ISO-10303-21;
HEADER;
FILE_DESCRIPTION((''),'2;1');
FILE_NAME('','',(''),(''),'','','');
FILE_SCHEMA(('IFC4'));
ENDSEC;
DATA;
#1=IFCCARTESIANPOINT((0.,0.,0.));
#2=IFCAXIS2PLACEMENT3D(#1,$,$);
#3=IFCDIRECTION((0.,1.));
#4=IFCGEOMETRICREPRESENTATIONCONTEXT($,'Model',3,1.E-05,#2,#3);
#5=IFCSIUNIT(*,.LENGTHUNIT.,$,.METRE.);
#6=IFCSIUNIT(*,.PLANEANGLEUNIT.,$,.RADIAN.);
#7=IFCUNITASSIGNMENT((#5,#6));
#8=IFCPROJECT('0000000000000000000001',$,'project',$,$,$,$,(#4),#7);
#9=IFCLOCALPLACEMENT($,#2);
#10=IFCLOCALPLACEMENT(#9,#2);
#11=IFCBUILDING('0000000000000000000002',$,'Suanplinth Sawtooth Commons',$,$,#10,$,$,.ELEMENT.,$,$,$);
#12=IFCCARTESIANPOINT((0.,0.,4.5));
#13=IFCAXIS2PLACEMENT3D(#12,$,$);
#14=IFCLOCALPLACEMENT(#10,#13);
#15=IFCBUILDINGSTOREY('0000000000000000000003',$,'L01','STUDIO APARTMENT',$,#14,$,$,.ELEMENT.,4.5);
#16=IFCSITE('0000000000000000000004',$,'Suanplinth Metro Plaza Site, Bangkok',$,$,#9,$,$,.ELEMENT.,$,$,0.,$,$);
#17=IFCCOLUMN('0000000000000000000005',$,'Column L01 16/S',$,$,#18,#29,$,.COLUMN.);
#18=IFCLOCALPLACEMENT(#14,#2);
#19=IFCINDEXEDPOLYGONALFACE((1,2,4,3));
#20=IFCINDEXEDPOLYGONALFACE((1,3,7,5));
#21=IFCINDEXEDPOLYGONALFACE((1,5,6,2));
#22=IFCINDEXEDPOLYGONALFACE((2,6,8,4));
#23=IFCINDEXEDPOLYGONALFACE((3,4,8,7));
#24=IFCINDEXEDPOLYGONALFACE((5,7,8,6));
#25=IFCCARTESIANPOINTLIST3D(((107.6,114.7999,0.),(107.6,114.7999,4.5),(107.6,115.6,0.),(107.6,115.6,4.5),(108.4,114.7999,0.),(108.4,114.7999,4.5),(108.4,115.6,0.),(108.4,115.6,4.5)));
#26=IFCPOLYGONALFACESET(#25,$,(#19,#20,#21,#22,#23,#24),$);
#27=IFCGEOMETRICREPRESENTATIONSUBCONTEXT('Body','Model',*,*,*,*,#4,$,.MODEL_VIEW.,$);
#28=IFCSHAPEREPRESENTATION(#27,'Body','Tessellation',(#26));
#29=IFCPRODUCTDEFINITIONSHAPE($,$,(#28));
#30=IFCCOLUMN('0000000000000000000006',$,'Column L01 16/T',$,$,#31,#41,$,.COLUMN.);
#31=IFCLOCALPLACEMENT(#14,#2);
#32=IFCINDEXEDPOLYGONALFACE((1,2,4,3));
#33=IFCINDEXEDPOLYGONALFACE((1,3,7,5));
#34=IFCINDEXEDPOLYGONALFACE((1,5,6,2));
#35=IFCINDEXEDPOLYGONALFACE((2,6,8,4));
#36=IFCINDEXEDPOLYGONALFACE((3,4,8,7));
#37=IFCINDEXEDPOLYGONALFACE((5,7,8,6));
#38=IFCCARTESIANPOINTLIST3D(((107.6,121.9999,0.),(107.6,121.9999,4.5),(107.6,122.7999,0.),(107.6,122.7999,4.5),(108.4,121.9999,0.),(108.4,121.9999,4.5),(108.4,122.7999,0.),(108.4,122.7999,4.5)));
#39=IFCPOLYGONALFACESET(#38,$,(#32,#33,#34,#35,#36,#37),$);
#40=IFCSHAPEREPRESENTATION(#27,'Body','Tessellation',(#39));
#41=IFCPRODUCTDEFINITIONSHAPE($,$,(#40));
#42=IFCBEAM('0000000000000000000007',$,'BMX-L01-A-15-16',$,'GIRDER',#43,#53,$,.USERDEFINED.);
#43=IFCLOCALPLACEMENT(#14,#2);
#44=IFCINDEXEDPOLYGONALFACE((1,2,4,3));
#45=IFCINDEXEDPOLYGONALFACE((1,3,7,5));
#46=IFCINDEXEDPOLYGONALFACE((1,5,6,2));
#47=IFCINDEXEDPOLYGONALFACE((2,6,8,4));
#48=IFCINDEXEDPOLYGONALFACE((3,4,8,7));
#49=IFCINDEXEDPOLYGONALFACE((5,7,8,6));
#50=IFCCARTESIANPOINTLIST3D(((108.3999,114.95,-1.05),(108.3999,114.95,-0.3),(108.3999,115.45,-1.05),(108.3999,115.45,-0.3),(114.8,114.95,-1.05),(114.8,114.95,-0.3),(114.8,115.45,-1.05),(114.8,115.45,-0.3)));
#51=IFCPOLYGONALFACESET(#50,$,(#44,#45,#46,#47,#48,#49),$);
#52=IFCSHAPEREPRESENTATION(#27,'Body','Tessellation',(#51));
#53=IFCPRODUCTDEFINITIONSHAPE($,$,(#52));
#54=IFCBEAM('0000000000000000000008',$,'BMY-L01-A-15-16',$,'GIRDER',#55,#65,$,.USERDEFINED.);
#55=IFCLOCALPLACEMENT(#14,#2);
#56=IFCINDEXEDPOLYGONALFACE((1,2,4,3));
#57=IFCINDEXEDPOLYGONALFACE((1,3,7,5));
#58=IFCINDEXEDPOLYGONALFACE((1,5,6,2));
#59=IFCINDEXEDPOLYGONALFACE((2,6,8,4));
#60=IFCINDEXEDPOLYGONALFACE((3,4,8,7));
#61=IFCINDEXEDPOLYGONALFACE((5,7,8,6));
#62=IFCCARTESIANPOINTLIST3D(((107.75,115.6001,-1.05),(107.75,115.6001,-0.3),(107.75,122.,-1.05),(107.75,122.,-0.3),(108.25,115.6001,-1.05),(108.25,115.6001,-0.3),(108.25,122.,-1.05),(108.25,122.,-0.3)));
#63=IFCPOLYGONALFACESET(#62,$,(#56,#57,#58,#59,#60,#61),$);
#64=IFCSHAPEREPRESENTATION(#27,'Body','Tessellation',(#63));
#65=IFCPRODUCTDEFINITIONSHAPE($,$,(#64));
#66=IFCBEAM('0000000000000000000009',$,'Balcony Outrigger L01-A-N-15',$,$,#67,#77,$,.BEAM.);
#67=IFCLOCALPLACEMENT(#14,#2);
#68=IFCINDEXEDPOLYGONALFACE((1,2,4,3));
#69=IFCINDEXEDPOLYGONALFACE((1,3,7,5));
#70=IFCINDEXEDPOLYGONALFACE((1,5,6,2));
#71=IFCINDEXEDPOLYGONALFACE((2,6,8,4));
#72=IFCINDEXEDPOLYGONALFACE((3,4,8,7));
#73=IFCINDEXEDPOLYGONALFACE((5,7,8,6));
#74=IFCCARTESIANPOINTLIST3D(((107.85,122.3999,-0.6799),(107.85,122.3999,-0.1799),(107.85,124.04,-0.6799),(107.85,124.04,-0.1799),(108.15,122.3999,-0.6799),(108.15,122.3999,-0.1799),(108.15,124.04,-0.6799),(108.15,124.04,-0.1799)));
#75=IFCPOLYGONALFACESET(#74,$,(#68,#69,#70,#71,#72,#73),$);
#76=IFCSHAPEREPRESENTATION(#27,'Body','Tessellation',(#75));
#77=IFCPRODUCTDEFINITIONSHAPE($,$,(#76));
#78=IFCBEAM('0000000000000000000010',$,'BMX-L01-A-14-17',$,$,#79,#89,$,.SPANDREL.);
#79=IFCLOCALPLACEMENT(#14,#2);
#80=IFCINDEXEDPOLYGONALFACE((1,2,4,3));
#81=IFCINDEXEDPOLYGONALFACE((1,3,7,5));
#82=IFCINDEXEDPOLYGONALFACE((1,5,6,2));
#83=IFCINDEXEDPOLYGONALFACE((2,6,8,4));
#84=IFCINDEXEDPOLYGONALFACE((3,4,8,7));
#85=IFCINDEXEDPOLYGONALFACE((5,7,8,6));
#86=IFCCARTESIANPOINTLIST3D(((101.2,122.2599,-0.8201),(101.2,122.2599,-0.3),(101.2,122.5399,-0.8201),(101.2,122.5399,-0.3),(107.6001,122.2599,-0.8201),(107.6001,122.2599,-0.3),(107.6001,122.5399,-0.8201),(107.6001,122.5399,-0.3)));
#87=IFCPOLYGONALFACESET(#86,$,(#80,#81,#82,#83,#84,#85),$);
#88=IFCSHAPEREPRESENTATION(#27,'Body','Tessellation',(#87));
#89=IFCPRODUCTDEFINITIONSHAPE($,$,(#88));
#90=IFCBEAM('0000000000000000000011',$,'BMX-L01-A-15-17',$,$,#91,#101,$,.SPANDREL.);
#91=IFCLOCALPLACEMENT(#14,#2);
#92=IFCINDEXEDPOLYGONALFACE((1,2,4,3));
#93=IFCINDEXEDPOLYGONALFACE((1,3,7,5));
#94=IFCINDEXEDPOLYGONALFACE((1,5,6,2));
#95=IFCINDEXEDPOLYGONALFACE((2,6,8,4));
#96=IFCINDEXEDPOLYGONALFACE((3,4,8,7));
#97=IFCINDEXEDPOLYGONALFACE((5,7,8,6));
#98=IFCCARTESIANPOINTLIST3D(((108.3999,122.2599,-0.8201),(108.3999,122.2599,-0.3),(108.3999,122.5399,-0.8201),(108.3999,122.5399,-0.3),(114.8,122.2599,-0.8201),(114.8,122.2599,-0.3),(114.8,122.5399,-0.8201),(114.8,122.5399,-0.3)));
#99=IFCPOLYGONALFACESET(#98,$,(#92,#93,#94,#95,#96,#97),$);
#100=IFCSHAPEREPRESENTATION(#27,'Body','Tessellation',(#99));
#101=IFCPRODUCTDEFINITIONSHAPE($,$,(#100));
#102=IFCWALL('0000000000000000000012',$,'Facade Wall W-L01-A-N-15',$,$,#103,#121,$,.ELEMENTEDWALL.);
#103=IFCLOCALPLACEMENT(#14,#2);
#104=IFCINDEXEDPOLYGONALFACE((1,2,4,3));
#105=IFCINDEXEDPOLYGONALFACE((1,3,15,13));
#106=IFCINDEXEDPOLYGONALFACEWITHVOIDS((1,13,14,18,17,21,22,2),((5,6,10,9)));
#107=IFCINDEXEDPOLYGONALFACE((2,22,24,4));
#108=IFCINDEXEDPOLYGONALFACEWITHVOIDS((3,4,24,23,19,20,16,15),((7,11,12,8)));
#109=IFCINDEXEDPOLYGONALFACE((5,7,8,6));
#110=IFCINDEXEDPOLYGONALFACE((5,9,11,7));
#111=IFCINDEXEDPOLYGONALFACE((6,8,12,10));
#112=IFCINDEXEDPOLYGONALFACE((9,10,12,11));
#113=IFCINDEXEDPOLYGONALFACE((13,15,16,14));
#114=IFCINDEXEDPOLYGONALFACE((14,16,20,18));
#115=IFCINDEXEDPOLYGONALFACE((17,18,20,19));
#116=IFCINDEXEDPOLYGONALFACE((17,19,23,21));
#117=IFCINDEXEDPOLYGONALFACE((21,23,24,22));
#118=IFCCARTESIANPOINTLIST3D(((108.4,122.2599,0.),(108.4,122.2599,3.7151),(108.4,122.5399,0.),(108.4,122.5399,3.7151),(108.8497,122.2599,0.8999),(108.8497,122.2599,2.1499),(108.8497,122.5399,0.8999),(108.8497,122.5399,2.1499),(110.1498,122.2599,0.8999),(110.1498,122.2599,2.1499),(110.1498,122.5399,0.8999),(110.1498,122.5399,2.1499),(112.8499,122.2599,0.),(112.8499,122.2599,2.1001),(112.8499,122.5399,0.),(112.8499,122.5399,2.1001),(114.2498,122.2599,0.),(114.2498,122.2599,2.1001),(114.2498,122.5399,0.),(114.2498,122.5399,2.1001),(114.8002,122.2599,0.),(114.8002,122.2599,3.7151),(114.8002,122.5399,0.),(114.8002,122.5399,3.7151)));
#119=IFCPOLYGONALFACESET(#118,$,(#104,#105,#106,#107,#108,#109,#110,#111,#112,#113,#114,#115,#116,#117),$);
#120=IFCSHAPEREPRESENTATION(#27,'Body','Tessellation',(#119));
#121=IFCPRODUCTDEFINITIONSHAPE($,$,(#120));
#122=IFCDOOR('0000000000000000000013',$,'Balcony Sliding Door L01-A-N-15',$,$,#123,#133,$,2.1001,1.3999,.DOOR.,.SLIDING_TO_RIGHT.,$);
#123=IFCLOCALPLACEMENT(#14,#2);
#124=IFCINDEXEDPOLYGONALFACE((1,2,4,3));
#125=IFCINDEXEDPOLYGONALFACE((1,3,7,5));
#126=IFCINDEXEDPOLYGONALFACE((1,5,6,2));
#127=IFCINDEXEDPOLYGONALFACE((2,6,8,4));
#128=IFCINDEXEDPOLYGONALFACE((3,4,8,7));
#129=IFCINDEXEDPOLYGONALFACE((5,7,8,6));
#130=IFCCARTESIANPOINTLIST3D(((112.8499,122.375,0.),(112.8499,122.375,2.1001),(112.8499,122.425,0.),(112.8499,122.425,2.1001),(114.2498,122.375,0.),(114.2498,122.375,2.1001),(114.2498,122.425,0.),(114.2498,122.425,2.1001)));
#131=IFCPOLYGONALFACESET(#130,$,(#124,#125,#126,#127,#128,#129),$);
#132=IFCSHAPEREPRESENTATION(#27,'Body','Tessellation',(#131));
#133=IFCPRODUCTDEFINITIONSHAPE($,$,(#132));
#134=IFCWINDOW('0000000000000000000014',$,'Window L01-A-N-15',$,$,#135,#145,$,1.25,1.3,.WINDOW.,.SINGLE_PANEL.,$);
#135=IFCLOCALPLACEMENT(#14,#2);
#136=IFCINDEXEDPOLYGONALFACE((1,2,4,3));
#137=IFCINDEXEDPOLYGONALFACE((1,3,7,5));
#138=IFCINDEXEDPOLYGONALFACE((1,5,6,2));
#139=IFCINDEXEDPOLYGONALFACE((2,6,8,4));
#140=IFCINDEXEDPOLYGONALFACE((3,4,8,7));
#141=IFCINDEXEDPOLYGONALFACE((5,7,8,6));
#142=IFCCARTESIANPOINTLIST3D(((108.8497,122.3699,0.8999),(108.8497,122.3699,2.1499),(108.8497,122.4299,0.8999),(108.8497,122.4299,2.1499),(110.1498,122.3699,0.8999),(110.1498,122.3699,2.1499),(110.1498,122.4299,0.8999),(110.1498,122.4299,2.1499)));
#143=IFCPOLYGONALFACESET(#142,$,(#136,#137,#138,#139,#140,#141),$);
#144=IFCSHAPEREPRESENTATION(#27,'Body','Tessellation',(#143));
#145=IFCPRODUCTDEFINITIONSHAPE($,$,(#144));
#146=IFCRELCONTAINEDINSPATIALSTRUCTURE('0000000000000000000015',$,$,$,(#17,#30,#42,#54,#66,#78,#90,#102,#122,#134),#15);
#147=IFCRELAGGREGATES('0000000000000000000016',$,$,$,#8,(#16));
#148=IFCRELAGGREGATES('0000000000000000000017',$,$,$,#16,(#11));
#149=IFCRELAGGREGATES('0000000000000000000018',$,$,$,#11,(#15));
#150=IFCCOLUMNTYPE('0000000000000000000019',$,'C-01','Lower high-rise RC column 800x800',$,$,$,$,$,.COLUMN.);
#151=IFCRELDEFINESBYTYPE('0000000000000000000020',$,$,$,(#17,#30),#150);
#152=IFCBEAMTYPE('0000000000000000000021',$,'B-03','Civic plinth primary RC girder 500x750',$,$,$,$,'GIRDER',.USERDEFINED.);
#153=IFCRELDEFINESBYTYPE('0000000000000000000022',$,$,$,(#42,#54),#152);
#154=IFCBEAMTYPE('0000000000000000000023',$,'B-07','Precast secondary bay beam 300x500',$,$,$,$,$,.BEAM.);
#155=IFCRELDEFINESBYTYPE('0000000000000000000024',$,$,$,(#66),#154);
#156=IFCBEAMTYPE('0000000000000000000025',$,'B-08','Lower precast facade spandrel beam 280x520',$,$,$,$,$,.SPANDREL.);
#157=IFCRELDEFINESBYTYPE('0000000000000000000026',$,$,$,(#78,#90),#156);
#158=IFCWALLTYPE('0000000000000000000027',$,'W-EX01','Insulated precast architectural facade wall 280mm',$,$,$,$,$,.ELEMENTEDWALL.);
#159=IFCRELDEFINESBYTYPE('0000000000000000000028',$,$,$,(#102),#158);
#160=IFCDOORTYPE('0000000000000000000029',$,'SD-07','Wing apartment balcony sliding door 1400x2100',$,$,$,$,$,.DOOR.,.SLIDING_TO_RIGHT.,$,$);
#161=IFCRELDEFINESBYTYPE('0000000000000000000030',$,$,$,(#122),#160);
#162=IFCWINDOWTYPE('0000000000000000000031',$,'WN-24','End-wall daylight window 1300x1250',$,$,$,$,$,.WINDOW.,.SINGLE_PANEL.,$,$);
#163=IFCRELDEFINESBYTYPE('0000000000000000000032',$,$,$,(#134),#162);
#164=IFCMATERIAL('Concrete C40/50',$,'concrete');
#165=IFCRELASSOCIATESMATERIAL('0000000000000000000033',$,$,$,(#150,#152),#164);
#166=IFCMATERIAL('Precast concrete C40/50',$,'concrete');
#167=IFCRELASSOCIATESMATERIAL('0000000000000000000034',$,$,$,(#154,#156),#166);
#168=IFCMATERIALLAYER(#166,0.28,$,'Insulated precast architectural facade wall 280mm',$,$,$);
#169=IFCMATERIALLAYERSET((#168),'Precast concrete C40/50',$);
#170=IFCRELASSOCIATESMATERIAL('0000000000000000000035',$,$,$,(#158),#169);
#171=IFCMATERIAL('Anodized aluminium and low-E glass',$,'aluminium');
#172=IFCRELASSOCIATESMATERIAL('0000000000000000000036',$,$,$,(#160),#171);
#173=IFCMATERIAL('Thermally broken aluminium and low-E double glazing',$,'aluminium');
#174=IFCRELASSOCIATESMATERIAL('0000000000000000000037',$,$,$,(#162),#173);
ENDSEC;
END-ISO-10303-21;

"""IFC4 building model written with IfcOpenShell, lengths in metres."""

from ifc_helpers import new_model, si_unit, direction, frame, frame_2d, origin, origin_2d, place, context, subcontext, project, spatial, rectangle, extrude, material, layer, layer_set, material_profile, profile_set, type_object, element, fill, save


model = new_model("IFC4")

# Units and contexts
model_context = context("Model", 3, precision=1e-05, world=origin(), true_north=direction((0.0, 1.0)))
body_context = subcontext(model_context, "Body", "Model", "MODEL_VIEW")
ifc_project = project(units=[si_unit("LENGTHUNIT", "METRE"), si_unit("PLANEANGLEUNIT", "RADIAN")], contexts=[model_context])

# Site, building, storey
site_placement = place(None, origin())
site = spatial("IfcSite", under=ifc_project, at=site_placement, Name="Suanplinth Metro Plaza Site, Bangkok", CompositionType="ELEMENT", RefElevation=0.0)
building_placement = place(site_placement, origin())
building = spatial("IfcBuilding", under=site, at=building_placement, Name="Suanplinth Sawtooth Commons", CompositionType="ELEMENT")
storey_placement = place(building_placement, frame((0.0, 0.0, 4.5)))
storey = spatial("IfcBuildingStorey", under=building, at=storey_placement, Name="L01", Description="STUDIO APARTMENT", CompositionType="ELEMENT", Elevation=4.5)

# Columns
ifc_material_1 = material(Name="Concrete C40/50", Category="concrete")
ifc_material_profile_1 = material_profile(ifc_material_1, rectangle(XDim=0.8, YDim=0.8, at=origin_2d()), Name="RC-COL 800x800")
ifc_profile_set_1 = profile_set([ifc_material_profile_1], Name="Concrete C40/50")
column_type = type_object("IfcColumnType", Name="C-01", Description="Lower high-rise RC column 800x800", PredefinedType="COLUMN", material=ifc_profile_set_1)
for number, where, z_axis, x_axis, name in (
    (1, (108.0, 115.2, 0.0), (0.0, 0.0, 1.0), (1.0, 0.0, 0.0), "Column L01 16/S"),
    (2, (108.0, 122.3999, 0.0), (0.0, 0.0, 1.0), (1.0, 0.0, 0.0), "Column L01 16/T"),
):
    element("IfcColumn", number, at=place(storey_placement, frame(where, z_axis=z_axis, x_axis=x_axis)), inside=storey, type_object=column_type, Name=name, PredefinedType="COLUMN", context=body_context, shape_type="SweptSolid", body=[
        extrude(rectangle(XDim=0.8, YDim=0.8, at=origin_2d()), origin(), (0.0, 0.0, 1.0), 4.5),
    ])

# Beams
ifc_material_profile_2 = material_profile(ifc_material_1, rectangle(XDim=0.5, YDim=0.75, at=origin_2d()), Name="RC-GDR 500x750")
ifc_profile_set_2 = profile_set([ifc_material_profile_2], Name="Concrete C40/50")
beam_type_1 = type_object("IfcBeamType", Name="B-03", Description="Civic plinth primary RC girder 500x750", ElementType="GIRDER", PredefinedType="USERDEFINED", material=ifc_profile_set_2)
beam_1_placement = place(storey_placement, frame((108.3999, 115.2, -0.675), z_axis=(1.0, 0.0, 0.0), x_axis=(0.0, 1.0, 0.0)))
element("IfcBeam", 3, at=beam_1_placement, inside=storey, type_object=beam_type_1, Name="BMX-L01-A-15-16", ObjectType="GIRDER", PredefinedType="USERDEFINED", context=body_context, shape_type="SweptSolid", body=[
    extrude(rectangle(XDim=0.5, YDim=0.75, at=origin_2d()), origin(), (0.0, 0.0, 1.0), 6.4001),
])
beam_2_placement = place(storey_placement, frame((108.0, 115.6001, -0.675), z_axis=(0.0, 1.0, 0.0), x_axis=(-1.0, 0.0, 0.0)))
element("IfcBeam", 4, at=beam_2_placement, inside=storey, type_object=beam_type_1, Name="BMY-L01-A-15-16", ObjectType="GIRDER", PredefinedType="USERDEFINED", context=body_context, shape_type="SweptSolid", body=[
    extrude(rectangle(XDim=0.5, YDim=0.75, at=origin_2d()), origin(), (0.0, 0.0, 1.0), 6.3999),
])
ifc_material_2 = material(Name="Precast concrete C40/50", Category="concrete")
ifc_material_profile_3 = material_profile(ifc_material_2, rectangle(XDim=0.3, YDim=0.5, at=origin_2d()), Name="PC-BM 300x500")
ifc_profile_set_3 = profile_set([ifc_material_profile_3], Name="Precast concrete C40/50")
beam_type_2 = type_object("IfcBeamType", Name="B-07", Description="Precast secondary bay beam 300x500", PredefinedType="BEAM", material=ifc_profile_set_3)
beam_3_placement = place(storey_placement, frame((108.0, 122.3999, -0.4299), z_axis=(0.0, 1.0, 0.0), x_axis=(-1.0, 0.0, 0.0)))
element("IfcBeam", 5, at=beam_3_placement, inside=storey, type_object=beam_type_2, Name="Balcony Outrigger L01-A-N-15", PredefinedType="BEAM", context=body_context, shape_type="SweptSolid", body=[
    extrude(rectangle(XDim=0.3, YDim=0.5, at=origin_2d()), origin(), (0.0, 0.0, 1.0), 1.6401),
])
ifc_material_profile_4 = material_profile(ifc_material_2, rectangle(XDim=0.28, YDim=0.52, at=origin_2d()), Name="PC-SP 280x520")
ifc_profile_set_4 = profile_set([ifc_material_profile_4], Name="Precast concrete C40/50")
beam_type_3 = type_object("IfcBeamType", Name="B-08", Description="Lower precast facade spandrel beam 280x520", PredefinedType="SPANDREL", material=ifc_profile_set_4)
for number, where, z_axis, x_axis, name in (
    (6, (101.2, 122.3999, -0.5601), (1.0, 0.0, 0.0), (0.0, 1.0, 0.0), "BMX-L01-A-14-17"),
    (7, (108.3999, 122.3999, -0.5601), (1.0, 0.0, 0.0), (0.0, 1.0, 0.0), "BMX-L01-A-15-17"),
):
    element("IfcBeam", number, at=place(storey_placement, frame(where, z_axis=z_axis, x_axis=x_axis)), inside=storey, type_object=beam_type_3, Name=name, PredefinedType="SPANDREL", context=body_context, shape_type="SweptSolid", body=[
        extrude(rectangle(XDim=0.28, YDim=0.52, at=origin_2d()), origin(), (0.0, 0.0, 1.0), 6.4001),
    ])

# Wall, openings, door, window
ifc_layer_1 = layer(ifc_material_2, 0.28, Name="Insulated precast architectural facade wall 280mm")
ifc_layer_set_1 = layer_set([ifc_layer_1], Name="Precast concrete C40/50")
wall_type_1 = type_object("IfcWallType", Name="W-EX01", Description="Insulated precast architectural facade wall 280mm", PredefinedType="ELEMENTEDWALL", material=ifc_layer_set_1)
ifc_material_3 = material(Name="Anodized aluminium and low-E glass", Category="aluminium")
ifc_material_4 = material(Name="Thermally broken aluminium and low-E double glazing", Category="aluminium")
wall_1_placement = place(storey_placement, frame((108.3999, 122.3999, 0.0), z_axis=(0.0, 0.0, 1.0), x_axis=(1.0, 0.0, 0.0)))
wall_1 = element("IfcWall", 8, at=wall_1_placement, inside=storey, type_object=wall_type_1, Name="Facade Wall W-L01-A-N-15", PredefinedType="ELEMENTEDWALL", context=body_context, shape_type="SweptSolid", body=[
    extrude(rectangle(XDim=6.4001, YDim=0.28, at=frame_2d((3.2002, 0.0))), origin(), (0.0, 0.0, 1.0), 3.7151),
])
opening_1_placement = place(wall_1_placement, frame((4.45, 0.0, 0.0)))
opening_1 = element("IfcOpeningElement", 9, at=opening_1_placement, cuts=wall_1, PredefinedType="OPENING", context=body_context, shape_type="SweptSolid", body=[
    extrude(rectangle(XDim=1.3999, YDim=2.1001, at=frame_2d((0.7, 1.05))), frame((0.0, 0.1548, 0.0), z_axis=(0.0, -1.0, 0.0), x_axis=(1.0, 0.0, 0.0)), (0.0, 0.0, 1.0), 0.3098),
])
opening_2_placement = place(wall_1_placement, frame((0.45, 0.0, 0.8999)))
opening_2 = element("IfcOpeningElement", 10, at=opening_2_placement, cuts=wall_1, PredefinedType="OPENING", context=body_context, shape_type="SweptSolid", body=[
    extrude(rectangle(XDim=1.3, YDim=1.25, at=frame_2d((0.6499, 0.625))), frame((0.0, 0.1548, 0.0), z_axis=(0.0, -1.0, 0.0), x_axis=(1.0, 0.0, 0.0)), (0.0, 0.0, 1.0), 0.3098),
])
door_type_1 = type_object("IfcDoorType", Name="SD-07", Description="Wing apartment balcony sliding door 1400x2100", OperationType="SLIDING_TO_RIGHT", PredefinedType="DOOR", material=ifc_material_3)
door_1_placement = place(opening_1_placement, frame((1.3999, 0.0, 0.0), z_axis=(0.0, 0.0, 1.0), x_axis=(-1.0, 0.0, 0.0)))
door_1 = element("IfcDoor", 11, at=door_1_placement, inside=storey, type_object=door_type_1, Name="Balcony Sliding Door L01-A-N-15", OperationType="SLIDING_TO_RIGHT", OverallHeight=2.1001, OverallWidth=1.3999, PredefinedType="DOOR", context=body_context, shape_type="SweptSolid", body=[
    extrude(rectangle(XDim=1.3999, YDim=2.1001, at=frame_2d((0.7, 1.05))), frame((0.0, 0.0249, 0.0), z_axis=(0.0, -1.0, 0.0), x_axis=(1.0, 0.0, 0.0)), (0.0, 0.0, 1.0), 0.05),
])
fill(opening_1, door_1)
window_type_1 = type_object("IfcWindowType", Name="WN-24", Description="End-wall daylight window 1300x1250", PartitioningType="SINGLE_PANEL", PredefinedType="WINDOW", material=ifc_material_4)
window_1_placement = place(opening_2_placement, origin())
window_1 = element("IfcWindow", 12, at=window_1_placement, inside=storey, type_object=window_type_1, Name="Window L01-A-N-15", OverallHeight=1.25, OverallWidth=1.3, PartitioningType="SINGLE_PANEL", PredefinedType="WINDOW", context=body_context, shape_type="SweptSolid", body=[
    extrude(rectangle(XDim=1.3, YDim=1.25, at=frame_2d((0.6499, 0.625))), frame((0.0, 0.03, 0.0), z_axis=(0.0, -1.0, 0.0), x_axis=(1.0, 0.0, 0.0)), (0.0, 0.0, 1.0), 0.0601),
])
fill(opening_2, window_1)

save(model, "model.ifc")
